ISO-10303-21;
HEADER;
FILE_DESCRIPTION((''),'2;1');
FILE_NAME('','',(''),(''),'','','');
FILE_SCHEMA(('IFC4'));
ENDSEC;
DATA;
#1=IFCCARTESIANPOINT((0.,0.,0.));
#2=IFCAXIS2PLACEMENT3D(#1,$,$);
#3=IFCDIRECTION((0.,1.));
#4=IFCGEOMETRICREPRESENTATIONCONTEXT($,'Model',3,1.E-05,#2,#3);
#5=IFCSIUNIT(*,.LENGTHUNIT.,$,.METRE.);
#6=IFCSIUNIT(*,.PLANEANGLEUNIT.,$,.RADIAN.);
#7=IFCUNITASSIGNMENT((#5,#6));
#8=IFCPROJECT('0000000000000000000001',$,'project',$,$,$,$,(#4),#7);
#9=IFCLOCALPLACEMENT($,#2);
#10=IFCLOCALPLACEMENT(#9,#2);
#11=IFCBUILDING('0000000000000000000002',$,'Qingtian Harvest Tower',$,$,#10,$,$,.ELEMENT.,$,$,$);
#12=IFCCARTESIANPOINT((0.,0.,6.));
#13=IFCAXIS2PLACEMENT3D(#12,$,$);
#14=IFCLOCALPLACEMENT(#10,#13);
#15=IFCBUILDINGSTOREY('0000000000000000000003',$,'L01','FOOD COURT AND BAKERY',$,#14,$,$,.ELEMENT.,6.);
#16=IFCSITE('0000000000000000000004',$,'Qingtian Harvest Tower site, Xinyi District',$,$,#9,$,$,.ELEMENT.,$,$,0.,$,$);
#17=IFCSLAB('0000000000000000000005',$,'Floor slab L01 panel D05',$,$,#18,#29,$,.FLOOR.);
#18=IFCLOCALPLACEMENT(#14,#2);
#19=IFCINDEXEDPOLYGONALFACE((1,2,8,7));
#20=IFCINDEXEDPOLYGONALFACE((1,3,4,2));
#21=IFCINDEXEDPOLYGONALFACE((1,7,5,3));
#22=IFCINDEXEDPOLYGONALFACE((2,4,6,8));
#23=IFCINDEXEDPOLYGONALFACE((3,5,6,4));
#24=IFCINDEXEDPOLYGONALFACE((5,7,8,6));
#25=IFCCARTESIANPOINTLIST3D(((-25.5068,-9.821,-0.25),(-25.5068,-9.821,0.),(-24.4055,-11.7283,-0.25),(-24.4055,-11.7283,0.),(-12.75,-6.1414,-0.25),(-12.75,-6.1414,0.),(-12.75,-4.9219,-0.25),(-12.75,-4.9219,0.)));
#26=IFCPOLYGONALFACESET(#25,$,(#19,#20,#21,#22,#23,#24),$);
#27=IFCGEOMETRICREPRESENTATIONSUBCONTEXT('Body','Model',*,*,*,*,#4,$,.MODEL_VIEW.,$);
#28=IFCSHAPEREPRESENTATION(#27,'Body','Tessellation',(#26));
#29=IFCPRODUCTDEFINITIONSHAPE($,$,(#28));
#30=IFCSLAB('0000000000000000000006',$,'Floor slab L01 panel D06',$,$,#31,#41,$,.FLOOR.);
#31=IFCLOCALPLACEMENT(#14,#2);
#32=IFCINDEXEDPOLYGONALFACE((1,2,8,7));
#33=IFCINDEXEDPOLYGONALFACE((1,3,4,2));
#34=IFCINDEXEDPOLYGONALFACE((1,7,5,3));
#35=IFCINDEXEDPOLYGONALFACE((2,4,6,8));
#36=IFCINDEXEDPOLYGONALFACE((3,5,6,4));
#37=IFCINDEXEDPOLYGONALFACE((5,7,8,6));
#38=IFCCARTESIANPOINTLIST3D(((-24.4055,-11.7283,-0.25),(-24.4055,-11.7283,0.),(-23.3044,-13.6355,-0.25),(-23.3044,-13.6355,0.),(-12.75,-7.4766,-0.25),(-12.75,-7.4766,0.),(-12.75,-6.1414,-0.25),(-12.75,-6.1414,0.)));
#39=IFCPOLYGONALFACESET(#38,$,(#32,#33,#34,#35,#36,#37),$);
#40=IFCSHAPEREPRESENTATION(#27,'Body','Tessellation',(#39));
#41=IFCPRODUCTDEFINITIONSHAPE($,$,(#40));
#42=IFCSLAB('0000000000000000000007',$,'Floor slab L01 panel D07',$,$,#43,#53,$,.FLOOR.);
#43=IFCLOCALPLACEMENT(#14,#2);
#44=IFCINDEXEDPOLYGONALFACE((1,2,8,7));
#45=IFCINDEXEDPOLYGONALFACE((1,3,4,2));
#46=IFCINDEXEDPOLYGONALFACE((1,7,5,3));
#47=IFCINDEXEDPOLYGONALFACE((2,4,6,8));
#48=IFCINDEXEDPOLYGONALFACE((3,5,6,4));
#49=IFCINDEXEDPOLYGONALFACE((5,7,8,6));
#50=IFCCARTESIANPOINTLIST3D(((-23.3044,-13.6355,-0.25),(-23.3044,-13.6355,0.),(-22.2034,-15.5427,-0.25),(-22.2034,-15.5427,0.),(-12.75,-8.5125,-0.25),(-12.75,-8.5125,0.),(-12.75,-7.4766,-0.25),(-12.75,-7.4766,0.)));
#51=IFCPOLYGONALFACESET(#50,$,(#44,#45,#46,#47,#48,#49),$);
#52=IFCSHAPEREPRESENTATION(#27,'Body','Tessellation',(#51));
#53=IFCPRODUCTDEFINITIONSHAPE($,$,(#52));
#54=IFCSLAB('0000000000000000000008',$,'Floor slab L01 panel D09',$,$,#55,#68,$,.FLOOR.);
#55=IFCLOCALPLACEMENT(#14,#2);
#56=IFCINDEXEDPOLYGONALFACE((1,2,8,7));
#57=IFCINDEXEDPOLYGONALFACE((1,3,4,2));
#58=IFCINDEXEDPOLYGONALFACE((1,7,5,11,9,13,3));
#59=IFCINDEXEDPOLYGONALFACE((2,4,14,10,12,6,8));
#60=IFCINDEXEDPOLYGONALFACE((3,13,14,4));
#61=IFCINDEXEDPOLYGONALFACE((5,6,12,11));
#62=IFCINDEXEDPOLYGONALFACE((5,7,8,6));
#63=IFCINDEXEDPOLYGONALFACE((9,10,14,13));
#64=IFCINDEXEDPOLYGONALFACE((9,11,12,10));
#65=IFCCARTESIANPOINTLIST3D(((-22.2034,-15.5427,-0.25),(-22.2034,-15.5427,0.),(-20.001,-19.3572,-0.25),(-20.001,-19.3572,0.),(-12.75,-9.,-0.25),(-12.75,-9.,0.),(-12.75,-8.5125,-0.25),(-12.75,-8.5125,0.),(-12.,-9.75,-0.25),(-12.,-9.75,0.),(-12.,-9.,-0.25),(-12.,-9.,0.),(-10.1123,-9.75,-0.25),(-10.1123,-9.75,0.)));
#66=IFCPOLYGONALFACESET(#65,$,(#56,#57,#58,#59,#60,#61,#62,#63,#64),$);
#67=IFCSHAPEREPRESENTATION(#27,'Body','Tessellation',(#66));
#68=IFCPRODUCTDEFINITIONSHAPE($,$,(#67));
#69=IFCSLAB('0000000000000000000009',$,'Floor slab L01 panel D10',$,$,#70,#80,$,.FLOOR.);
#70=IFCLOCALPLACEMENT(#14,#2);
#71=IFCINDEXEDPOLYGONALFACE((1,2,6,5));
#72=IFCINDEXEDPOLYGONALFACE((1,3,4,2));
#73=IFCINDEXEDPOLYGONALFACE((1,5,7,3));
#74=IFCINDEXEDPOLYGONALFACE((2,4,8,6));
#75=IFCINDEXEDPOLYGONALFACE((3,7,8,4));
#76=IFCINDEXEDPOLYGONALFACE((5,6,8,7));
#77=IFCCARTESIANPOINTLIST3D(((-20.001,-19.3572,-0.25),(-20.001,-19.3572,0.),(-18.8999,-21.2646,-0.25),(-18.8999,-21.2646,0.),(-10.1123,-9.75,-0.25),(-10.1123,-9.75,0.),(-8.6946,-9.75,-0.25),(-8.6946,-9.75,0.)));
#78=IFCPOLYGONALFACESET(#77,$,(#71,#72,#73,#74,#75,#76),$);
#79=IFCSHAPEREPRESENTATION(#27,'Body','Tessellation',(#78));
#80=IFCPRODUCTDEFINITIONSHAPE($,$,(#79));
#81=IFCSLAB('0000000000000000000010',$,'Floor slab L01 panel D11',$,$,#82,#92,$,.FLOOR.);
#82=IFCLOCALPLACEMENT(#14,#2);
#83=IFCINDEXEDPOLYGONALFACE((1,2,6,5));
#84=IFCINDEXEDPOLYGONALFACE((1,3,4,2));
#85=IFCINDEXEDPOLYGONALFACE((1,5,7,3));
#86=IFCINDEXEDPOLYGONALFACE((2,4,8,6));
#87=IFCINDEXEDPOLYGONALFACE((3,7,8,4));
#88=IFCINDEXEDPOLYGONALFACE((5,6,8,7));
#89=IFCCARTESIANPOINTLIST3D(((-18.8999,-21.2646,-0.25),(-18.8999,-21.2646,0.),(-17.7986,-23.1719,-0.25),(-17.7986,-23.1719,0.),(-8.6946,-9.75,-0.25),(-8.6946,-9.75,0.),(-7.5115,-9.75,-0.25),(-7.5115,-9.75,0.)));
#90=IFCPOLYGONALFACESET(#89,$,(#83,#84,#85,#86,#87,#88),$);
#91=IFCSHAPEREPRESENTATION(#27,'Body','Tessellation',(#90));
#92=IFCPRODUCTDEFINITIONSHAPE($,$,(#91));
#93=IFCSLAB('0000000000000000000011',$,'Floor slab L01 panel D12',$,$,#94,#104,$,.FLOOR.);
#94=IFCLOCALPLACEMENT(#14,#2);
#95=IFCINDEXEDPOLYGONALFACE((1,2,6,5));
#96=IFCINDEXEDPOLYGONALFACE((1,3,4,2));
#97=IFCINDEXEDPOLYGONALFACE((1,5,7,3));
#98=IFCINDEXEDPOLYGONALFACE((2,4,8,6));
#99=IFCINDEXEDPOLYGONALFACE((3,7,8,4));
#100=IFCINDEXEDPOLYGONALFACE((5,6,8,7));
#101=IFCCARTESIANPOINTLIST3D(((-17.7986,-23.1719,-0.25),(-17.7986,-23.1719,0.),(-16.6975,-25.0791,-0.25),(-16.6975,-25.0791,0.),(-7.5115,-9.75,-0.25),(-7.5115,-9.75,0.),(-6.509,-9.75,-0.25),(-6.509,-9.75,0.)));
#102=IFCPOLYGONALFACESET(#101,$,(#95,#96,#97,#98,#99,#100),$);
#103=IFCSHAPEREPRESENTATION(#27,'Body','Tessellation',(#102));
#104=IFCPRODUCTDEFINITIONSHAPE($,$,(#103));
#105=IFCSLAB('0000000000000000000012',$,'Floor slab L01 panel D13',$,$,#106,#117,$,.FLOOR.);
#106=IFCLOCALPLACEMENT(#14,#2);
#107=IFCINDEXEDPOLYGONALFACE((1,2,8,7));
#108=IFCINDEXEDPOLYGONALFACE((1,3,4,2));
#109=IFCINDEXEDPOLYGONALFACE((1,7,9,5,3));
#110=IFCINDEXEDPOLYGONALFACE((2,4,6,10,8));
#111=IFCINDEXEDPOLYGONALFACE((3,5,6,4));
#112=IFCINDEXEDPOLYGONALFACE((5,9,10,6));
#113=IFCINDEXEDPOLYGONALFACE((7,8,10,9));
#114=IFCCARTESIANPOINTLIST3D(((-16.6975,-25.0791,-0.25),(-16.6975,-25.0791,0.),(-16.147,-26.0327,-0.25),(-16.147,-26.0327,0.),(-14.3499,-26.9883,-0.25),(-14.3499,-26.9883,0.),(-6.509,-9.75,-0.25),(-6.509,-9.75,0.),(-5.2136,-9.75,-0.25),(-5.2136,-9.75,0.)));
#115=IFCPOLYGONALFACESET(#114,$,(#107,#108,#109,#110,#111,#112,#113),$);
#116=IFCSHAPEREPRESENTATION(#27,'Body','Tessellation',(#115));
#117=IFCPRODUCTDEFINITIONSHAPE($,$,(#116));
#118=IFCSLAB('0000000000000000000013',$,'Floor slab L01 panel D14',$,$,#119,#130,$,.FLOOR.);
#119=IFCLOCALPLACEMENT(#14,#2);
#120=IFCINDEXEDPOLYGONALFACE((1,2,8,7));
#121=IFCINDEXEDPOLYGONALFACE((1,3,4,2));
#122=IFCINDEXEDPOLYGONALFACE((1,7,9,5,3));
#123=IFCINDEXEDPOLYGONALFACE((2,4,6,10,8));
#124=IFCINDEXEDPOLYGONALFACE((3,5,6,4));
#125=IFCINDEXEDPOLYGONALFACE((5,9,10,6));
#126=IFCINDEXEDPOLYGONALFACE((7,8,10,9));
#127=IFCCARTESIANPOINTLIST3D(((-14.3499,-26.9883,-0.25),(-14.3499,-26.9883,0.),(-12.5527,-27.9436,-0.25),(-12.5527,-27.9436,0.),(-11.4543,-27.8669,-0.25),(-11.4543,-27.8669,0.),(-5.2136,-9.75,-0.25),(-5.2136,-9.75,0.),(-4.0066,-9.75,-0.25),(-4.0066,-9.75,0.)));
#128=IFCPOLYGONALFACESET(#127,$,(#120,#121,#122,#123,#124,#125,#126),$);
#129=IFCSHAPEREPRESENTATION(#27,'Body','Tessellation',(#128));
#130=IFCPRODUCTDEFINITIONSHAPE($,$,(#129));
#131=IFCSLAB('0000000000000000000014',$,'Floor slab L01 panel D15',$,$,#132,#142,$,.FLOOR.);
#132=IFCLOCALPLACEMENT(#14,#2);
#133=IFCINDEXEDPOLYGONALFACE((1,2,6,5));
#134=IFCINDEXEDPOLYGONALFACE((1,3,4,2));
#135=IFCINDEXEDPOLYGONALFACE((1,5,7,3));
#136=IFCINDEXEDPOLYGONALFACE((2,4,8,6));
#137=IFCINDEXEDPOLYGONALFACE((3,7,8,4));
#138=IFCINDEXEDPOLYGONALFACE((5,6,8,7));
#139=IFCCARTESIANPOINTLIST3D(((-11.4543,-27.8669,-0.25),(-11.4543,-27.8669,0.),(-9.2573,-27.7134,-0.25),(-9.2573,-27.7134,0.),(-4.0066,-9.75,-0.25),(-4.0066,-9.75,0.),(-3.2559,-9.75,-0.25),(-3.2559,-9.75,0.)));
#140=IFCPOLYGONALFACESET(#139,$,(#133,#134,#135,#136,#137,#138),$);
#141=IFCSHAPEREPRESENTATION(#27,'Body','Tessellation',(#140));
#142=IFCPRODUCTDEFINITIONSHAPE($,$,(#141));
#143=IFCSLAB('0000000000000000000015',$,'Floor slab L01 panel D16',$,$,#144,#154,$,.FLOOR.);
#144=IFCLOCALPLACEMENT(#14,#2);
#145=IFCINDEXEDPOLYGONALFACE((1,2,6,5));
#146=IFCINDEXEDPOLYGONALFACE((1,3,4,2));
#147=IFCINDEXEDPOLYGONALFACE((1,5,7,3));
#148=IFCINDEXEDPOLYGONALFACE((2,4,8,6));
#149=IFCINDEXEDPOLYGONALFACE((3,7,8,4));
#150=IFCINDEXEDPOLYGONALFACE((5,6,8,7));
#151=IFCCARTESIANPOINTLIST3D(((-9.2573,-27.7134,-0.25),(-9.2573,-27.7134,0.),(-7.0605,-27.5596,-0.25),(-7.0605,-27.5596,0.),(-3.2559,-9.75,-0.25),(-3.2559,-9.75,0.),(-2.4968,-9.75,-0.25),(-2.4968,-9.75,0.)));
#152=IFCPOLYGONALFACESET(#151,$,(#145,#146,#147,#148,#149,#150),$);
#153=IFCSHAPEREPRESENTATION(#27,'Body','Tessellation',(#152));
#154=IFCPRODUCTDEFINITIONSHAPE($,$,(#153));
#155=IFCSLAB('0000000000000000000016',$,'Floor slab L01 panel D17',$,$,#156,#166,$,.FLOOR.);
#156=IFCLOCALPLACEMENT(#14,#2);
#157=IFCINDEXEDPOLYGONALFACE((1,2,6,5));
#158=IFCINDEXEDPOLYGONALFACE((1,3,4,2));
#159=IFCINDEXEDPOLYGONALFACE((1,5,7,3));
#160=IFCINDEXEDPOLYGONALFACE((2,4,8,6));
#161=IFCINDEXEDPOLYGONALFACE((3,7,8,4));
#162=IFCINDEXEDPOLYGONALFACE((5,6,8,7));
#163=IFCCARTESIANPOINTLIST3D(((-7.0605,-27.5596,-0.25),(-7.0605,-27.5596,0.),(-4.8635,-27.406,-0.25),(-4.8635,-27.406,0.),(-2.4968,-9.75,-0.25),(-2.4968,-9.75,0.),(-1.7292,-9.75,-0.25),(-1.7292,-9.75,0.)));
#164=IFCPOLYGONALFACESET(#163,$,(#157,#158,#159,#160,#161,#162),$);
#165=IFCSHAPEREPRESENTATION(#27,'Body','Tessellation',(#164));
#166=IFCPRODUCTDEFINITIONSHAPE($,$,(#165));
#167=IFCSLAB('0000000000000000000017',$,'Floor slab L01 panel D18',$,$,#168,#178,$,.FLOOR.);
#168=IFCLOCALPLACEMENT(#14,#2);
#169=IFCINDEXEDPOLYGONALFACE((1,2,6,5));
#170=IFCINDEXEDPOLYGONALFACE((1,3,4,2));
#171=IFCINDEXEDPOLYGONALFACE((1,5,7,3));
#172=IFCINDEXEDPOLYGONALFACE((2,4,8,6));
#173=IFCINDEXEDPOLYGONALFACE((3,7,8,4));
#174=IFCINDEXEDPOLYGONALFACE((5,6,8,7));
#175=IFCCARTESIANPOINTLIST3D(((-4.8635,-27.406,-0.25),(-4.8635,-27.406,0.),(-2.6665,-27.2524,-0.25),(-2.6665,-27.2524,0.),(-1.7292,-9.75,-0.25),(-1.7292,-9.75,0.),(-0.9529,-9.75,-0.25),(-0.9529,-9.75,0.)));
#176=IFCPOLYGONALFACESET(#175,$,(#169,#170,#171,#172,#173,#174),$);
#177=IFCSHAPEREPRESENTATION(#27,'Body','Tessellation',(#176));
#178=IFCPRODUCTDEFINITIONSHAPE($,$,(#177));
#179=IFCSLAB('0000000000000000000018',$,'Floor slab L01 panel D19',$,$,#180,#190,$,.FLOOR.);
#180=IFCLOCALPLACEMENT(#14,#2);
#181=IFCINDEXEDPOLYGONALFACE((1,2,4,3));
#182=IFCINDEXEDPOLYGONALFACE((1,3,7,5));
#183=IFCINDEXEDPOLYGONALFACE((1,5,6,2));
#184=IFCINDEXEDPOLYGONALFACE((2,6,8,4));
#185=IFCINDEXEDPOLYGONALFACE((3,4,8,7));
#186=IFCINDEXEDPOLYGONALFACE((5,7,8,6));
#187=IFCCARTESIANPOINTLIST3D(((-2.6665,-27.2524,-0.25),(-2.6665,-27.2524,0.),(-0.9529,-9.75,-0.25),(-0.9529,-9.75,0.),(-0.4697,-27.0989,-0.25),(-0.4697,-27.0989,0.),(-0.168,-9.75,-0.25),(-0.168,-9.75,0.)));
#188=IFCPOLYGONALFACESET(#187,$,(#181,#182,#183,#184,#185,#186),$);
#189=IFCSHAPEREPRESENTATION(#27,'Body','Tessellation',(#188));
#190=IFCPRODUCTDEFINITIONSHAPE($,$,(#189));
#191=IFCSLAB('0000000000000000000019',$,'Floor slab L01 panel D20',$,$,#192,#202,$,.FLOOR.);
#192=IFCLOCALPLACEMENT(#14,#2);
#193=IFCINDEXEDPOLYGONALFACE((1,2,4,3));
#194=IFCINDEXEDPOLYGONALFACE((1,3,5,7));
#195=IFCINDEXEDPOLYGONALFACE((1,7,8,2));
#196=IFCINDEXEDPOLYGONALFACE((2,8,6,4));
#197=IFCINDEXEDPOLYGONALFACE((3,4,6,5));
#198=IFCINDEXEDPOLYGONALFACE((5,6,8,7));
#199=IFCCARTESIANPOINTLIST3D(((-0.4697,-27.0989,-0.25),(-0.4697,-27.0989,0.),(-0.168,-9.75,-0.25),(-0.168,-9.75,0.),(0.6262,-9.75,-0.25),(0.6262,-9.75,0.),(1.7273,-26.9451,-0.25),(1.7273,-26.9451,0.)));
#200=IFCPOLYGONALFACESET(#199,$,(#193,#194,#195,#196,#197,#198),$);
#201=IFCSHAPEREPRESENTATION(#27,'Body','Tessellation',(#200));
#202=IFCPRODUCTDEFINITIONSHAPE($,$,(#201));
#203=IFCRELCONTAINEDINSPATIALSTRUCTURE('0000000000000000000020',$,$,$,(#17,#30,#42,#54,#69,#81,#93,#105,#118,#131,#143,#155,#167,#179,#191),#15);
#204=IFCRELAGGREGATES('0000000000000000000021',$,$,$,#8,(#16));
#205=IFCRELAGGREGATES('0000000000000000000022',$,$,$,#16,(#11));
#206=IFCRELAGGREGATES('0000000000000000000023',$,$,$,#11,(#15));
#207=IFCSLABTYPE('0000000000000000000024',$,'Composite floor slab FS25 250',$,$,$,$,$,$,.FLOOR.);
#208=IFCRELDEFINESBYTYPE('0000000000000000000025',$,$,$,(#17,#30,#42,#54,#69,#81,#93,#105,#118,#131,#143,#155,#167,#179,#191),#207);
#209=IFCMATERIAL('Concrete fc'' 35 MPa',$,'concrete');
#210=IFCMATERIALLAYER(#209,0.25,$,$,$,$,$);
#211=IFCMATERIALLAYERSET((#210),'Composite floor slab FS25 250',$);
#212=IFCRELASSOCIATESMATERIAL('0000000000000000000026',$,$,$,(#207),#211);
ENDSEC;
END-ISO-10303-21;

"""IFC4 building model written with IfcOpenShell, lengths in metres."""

from ifc_helpers import new_model, si_unit, direction, frame, origin, place, context, subcontext, project, spatial, polyline, outline, extrude, material, layer, layer_set, type_object, element, save


model = new_model("IFC4")

# Units and contexts
model_context = context("Model", 3, precision=1e-05, world=origin(), true_north=direction((0.0, 1.0)))
body_context = subcontext(model_context, "Body", "Model", "MODEL_VIEW")
ifc_project = project(units=[si_unit("LENGTHUNIT", "METRE"), si_unit("PLANEANGLEUNIT", "RADIAN")], contexts=[model_context])

# Site, building, storey
site_placement = place(None, origin())
site = spatial("IfcSite", under=ifc_project, at=site_placement, Name="Qingtian Harvest Tower site, Xinyi District", CompositionType="ELEMENT", RefElevation=0.0)
building_placement = place(site_placement, origin())
building = spatial("IfcBuilding", under=site, at=building_placement, Name="Qingtian Harvest Tower", CompositionType="ELEMENT")
storey_placement = place(building_placement, frame((0.0, 0.0, 6.0)))
storey = spatial("IfcBuildingStorey", under=building, at=storey_placement, Name="L01", Description="FOOD COURT AND BAKERY", CompositionType="ELEMENT", Elevation=6.0)

# Slabs
ifc_material = material(Name="Concrete fc' 35 MPa", Category="concrete")
ifc_layer = layer(ifc_material, 0.25)
ifc_layer_set = layer_set([ifc_layer], Name="Composite floor slab FS25 250")
slab_type = type_object("IfcSlabType", Name="Composite floor slab FS25 250", PredefinedType="FLOOR", material=ifc_layer_set)
slab_1_placement = place(storey_placement, frame((0.0, 0.0, -0.25)))
element("IfcSlab", 1, at=slab_1_placement, inside=storey, type_object=slab_type, Name="Floor slab L01 panel D05", PredefinedType="FLOOR", context=body_context, shape_type="SweptSolid", body=[
    extrude(outline(polyline([(-12.75, -6.1414), (-24.4055, -11.7283), (-25.5068, -9.821), (-12.75, -4.9219), (-12.75, -6.1414)])), origin(), (0.0, 0.0, 1.0), 0.25),
])
slab_2_placement = place(storey_placement, frame((0.0, 0.0, -0.25)))
element("IfcSlab", 2, at=slab_2_placement, inside=storey, type_object=slab_type, Name="Floor slab L01 panel D06", PredefinedType="FLOOR", context=body_context, shape_type="SweptSolid", body=[
    extrude(outline(polyline([(-12.75, -7.4766), (-23.3044, -13.6355), (-24.4055, -11.7283), (-12.75, -6.1414), (-12.75, -7.4766)])), origin(), (0.0, 0.0, 1.0), 0.25),
])
slab_3_placement = place(storey_placement, frame((0.0, 0.0, -0.25)))
element("IfcSlab", 3, at=slab_3_placement, inside=storey, type_object=slab_type, Name="Floor slab L01 panel D07", PredefinedType="FLOOR", context=body_context, shape_type="SweptSolid", body=[
    extrude(outline(polyline([(-12.75, -8.5125), (-22.2034, -15.5427), (-23.3044, -13.6355), (-12.75, -7.4766), (-12.75, -8.5125)])), origin(), (0.0, 0.0, 1.0), 0.25),
])
slab_4_placement = place(storey_placement, frame((0.0, 0.0, -0.25)))
element("IfcSlab", 4, at=slab_4_placement, inside=storey, type_object=slab_type, Name="Floor slab L01 panel D09", PredefinedType="FLOOR", context=body_context, shape_type="SweptSolid", body=[
    extrude(outline(polyline([(-20.001, -19.3572), (-22.2034, -15.5427), (-12.75, -8.5125), (-12.75, -9.0), (-12.0, -9.0), (-12.0, -9.75), (-10.1123, -9.75), (-20.001, -19.3572)])), origin(), (0.0, 0.0, 1.0), 0.25),
])
slab_5_placement = place(storey_placement, frame((0.0, 0.0, -0.25)))
element("IfcSlab", 5, at=slab_5_placement, inside=storey, type_object=slab_type, Name="Floor slab L01 panel D10", PredefinedType="FLOOR", context=body_context, shape_type="SweptSolid", body=[
    extrude(outline(polyline([(-8.6946, -9.75), (-18.8999, -21.2646), (-20.001, -19.3572), (-10.1123, -9.75), (-8.6946, -9.75)])), origin(), (0.0, 0.0, 1.0), 0.25),
])
slab_6_placement = place(storey_placement, frame((0.0, 0.0, -0.25)))
element("IfcSlab", 6, at=slab_6_placement, inside=storey, type_object=slab_type, Name="Floor slab L01 panel D11", PredefinedType="FLOOR", context=body_context, shape_type="SweptSolid", body=[
    extrude(outline(polyline([(-7.5115, -9.75), (-17.7986, -23.1719), (-18.8999, -21.2646), (-8.6946, -9.75), (-7.5115, -9.75)])), origin(), (0.0, 0.0, 1.0), 0.25),
])
slab_7_placement = place(storey_placement, frame((0.0, 0.0, -0.25)))
element("IfcSlab", 7, at=slab_7_placement, inside=storey, type_object=slab_type, Name="Floor slab L01 panel D12", PredefinedType="FLOOR", context=body_context, shape_type="SweptSolid", body=[
    extrude(outline(polyline([(-6.509, -9.75), (-16.6975, -25.0791), (-17.7986, -23.1719), (-7.5115, -9.75), (-6.509, -9.75)])), origin(), (0.0, 0.0, 1.0), 0.25),
])
slab_8_placement = place(storey_placement, frame((0.0, 0.0, -0.25)))
element("IfcSlab", 8, at=slab_8_placement, inside=storey, type_object=slab_type, Name="Floor slab L01 panel D13", PredefinedType="FLOOR", context=body_context, shape_type="SweptSolid", body=[
    extrude(outline(polyline([(-6.509, -9.75), (-5.2136, -9.75), (-14.3499, -26.9883), (-16.147, -26.0327), (-16.6975, -25.0791), (-6.509, -9.75)])), origin(), (0.0, 0.0, 1.0), 0.25),
])
slab_9_placement = place(storey_placement, frame((0.0, 0.0, -0.25)))
element("IfcSlab", 9, at=slab_9_placement, inside=storey, type_object=slab_type, Name="Floor slab L01 panel D14", PredefinedType="FLOOR", context=body_context, shape_type="SweptSolid", body=[
    extrude(outline(polyline([(-5.2136, -9.75), (-4.0066, -9.75), (-11.4543, -27.8669), (-12.5527, -27.9436), (-14.3499, -26.9883), (-5.2136, -9.75)])), origin(), (0.0, 0.0, 1.0), 0.25),
])
slab_10_placement = place(storey_placement, frame((0.0, 0.0, -0.25)))
element("IfcSlab", 10, at=slab_10_placement, inside=storey, type_object=slab_type, Name="Floor slab L01 panel D15", PredefinedType="FLOOR", context=body_context, shape_type="SweptSolid", body=[
    extrude(outline(polyline([(-3.2559, -9.75), (-9.2573, -27.7134), (-11.4543, -27.8669), (-4.0066, -9.75), (-3.2559, -9.75)])), origin(), (0.0, 0.0, 1.0), 0.25),
])
slab_11_placement = place(storey_placement, frame((0.0, 0.0, -0.25)))
element("IfcSlab", 11, at=slab_11_placement, inside=storey, type_object=slab_type, Name="Floor slab L01 panel D16", PredefinedType="FLOOR", context=body_context, shape_type="SweptSolid", body=[
    extrude(outline(polyline([(-2.4968, -9.75), (-7.0605, -27.5596), (-9.2573, -27.7134), (-3.2559, -9.75), (-2.4968, -9.75)])), origin(), (0.0, 0.0, 1.0), 0.25),
])
slab_12_placement = place(storey_placement, frame((0.0, 0.0, -0.25)))
element("IfcSlab", 12, at=slab_12_placement, inside=storey, type_object=slab_type, Name="Floor slab L01 panel D17", PredefinedType="FLOOR", context=body_context, shape_type="SweptSolid", body=[
    extrude(outline(polyline([(-1.7292, -9.75), (-4.8635, -27.406), (-7.0605, -27.5596), (-2.4968, -9.75), (-1.7292, -9.75)])), origin(), (0.0, 0.0, 1.0), 0.25),
])
slab_13_placement = place(storey_placement, frame((0.0, 0.0, -0.25)))
element("IfcSlab", 13, at=slab_13_placement, inside=storey, type_object=slab_type, Name="Floor slab L01 panel D18", PredefinedType="FLOOR", context=body_context, shape_type="SweptSolid", body=[
    extrude(outline(polyline([(-0.9529, -9.75), (-2.6665, -27.2524), (-4.8635, -27.406), (-1.7292, -9.75), (-0.9529, -9.75)])), origin(), (0.0, 0.0, 1.0), 0.25),
])
slab_14_placement = place(storey_placement, frame((0.0, 0.0, -0.25)))
element("IfcSlab", 14, at=slab_14_placement, inside=storey, type_object=slab_type, Name="Floor slab L01 panel D19", PredefinedType="FLOOR", context=body_context, shape_type="SweptSolid", body=[
    extrude(outline(polyline([(-0.168, -9.75), (-0.4697, -27.0989), (-2.6665, -27.2524), (-0.9529, -9.75), (-0.168, -9.75)])), origin(), (0.0, 0.0, 1.0), 0.25),
])
slab_15_placement = place(storey_placement, frame((0.0, 0.0, -0.25)))
element("IfcSlab", 15, at=slab_15_placement, inside=storey, type_object=slab_type, Name="Floor slab L01 panel D20", PredefinedType="FLOOR", context=body_context, shape_type="SweptSolid", body=[
    extrude(outline(polyline([(0.6262, -9.75), (1.7273, -26.9451), (-0.4697, -27.0989), (-0.168, -9.75), (0.6262, -9.75)])), origin(), (0.0, 0.0, 1.0), 0.25),
])

save(model, "model.ifc")
